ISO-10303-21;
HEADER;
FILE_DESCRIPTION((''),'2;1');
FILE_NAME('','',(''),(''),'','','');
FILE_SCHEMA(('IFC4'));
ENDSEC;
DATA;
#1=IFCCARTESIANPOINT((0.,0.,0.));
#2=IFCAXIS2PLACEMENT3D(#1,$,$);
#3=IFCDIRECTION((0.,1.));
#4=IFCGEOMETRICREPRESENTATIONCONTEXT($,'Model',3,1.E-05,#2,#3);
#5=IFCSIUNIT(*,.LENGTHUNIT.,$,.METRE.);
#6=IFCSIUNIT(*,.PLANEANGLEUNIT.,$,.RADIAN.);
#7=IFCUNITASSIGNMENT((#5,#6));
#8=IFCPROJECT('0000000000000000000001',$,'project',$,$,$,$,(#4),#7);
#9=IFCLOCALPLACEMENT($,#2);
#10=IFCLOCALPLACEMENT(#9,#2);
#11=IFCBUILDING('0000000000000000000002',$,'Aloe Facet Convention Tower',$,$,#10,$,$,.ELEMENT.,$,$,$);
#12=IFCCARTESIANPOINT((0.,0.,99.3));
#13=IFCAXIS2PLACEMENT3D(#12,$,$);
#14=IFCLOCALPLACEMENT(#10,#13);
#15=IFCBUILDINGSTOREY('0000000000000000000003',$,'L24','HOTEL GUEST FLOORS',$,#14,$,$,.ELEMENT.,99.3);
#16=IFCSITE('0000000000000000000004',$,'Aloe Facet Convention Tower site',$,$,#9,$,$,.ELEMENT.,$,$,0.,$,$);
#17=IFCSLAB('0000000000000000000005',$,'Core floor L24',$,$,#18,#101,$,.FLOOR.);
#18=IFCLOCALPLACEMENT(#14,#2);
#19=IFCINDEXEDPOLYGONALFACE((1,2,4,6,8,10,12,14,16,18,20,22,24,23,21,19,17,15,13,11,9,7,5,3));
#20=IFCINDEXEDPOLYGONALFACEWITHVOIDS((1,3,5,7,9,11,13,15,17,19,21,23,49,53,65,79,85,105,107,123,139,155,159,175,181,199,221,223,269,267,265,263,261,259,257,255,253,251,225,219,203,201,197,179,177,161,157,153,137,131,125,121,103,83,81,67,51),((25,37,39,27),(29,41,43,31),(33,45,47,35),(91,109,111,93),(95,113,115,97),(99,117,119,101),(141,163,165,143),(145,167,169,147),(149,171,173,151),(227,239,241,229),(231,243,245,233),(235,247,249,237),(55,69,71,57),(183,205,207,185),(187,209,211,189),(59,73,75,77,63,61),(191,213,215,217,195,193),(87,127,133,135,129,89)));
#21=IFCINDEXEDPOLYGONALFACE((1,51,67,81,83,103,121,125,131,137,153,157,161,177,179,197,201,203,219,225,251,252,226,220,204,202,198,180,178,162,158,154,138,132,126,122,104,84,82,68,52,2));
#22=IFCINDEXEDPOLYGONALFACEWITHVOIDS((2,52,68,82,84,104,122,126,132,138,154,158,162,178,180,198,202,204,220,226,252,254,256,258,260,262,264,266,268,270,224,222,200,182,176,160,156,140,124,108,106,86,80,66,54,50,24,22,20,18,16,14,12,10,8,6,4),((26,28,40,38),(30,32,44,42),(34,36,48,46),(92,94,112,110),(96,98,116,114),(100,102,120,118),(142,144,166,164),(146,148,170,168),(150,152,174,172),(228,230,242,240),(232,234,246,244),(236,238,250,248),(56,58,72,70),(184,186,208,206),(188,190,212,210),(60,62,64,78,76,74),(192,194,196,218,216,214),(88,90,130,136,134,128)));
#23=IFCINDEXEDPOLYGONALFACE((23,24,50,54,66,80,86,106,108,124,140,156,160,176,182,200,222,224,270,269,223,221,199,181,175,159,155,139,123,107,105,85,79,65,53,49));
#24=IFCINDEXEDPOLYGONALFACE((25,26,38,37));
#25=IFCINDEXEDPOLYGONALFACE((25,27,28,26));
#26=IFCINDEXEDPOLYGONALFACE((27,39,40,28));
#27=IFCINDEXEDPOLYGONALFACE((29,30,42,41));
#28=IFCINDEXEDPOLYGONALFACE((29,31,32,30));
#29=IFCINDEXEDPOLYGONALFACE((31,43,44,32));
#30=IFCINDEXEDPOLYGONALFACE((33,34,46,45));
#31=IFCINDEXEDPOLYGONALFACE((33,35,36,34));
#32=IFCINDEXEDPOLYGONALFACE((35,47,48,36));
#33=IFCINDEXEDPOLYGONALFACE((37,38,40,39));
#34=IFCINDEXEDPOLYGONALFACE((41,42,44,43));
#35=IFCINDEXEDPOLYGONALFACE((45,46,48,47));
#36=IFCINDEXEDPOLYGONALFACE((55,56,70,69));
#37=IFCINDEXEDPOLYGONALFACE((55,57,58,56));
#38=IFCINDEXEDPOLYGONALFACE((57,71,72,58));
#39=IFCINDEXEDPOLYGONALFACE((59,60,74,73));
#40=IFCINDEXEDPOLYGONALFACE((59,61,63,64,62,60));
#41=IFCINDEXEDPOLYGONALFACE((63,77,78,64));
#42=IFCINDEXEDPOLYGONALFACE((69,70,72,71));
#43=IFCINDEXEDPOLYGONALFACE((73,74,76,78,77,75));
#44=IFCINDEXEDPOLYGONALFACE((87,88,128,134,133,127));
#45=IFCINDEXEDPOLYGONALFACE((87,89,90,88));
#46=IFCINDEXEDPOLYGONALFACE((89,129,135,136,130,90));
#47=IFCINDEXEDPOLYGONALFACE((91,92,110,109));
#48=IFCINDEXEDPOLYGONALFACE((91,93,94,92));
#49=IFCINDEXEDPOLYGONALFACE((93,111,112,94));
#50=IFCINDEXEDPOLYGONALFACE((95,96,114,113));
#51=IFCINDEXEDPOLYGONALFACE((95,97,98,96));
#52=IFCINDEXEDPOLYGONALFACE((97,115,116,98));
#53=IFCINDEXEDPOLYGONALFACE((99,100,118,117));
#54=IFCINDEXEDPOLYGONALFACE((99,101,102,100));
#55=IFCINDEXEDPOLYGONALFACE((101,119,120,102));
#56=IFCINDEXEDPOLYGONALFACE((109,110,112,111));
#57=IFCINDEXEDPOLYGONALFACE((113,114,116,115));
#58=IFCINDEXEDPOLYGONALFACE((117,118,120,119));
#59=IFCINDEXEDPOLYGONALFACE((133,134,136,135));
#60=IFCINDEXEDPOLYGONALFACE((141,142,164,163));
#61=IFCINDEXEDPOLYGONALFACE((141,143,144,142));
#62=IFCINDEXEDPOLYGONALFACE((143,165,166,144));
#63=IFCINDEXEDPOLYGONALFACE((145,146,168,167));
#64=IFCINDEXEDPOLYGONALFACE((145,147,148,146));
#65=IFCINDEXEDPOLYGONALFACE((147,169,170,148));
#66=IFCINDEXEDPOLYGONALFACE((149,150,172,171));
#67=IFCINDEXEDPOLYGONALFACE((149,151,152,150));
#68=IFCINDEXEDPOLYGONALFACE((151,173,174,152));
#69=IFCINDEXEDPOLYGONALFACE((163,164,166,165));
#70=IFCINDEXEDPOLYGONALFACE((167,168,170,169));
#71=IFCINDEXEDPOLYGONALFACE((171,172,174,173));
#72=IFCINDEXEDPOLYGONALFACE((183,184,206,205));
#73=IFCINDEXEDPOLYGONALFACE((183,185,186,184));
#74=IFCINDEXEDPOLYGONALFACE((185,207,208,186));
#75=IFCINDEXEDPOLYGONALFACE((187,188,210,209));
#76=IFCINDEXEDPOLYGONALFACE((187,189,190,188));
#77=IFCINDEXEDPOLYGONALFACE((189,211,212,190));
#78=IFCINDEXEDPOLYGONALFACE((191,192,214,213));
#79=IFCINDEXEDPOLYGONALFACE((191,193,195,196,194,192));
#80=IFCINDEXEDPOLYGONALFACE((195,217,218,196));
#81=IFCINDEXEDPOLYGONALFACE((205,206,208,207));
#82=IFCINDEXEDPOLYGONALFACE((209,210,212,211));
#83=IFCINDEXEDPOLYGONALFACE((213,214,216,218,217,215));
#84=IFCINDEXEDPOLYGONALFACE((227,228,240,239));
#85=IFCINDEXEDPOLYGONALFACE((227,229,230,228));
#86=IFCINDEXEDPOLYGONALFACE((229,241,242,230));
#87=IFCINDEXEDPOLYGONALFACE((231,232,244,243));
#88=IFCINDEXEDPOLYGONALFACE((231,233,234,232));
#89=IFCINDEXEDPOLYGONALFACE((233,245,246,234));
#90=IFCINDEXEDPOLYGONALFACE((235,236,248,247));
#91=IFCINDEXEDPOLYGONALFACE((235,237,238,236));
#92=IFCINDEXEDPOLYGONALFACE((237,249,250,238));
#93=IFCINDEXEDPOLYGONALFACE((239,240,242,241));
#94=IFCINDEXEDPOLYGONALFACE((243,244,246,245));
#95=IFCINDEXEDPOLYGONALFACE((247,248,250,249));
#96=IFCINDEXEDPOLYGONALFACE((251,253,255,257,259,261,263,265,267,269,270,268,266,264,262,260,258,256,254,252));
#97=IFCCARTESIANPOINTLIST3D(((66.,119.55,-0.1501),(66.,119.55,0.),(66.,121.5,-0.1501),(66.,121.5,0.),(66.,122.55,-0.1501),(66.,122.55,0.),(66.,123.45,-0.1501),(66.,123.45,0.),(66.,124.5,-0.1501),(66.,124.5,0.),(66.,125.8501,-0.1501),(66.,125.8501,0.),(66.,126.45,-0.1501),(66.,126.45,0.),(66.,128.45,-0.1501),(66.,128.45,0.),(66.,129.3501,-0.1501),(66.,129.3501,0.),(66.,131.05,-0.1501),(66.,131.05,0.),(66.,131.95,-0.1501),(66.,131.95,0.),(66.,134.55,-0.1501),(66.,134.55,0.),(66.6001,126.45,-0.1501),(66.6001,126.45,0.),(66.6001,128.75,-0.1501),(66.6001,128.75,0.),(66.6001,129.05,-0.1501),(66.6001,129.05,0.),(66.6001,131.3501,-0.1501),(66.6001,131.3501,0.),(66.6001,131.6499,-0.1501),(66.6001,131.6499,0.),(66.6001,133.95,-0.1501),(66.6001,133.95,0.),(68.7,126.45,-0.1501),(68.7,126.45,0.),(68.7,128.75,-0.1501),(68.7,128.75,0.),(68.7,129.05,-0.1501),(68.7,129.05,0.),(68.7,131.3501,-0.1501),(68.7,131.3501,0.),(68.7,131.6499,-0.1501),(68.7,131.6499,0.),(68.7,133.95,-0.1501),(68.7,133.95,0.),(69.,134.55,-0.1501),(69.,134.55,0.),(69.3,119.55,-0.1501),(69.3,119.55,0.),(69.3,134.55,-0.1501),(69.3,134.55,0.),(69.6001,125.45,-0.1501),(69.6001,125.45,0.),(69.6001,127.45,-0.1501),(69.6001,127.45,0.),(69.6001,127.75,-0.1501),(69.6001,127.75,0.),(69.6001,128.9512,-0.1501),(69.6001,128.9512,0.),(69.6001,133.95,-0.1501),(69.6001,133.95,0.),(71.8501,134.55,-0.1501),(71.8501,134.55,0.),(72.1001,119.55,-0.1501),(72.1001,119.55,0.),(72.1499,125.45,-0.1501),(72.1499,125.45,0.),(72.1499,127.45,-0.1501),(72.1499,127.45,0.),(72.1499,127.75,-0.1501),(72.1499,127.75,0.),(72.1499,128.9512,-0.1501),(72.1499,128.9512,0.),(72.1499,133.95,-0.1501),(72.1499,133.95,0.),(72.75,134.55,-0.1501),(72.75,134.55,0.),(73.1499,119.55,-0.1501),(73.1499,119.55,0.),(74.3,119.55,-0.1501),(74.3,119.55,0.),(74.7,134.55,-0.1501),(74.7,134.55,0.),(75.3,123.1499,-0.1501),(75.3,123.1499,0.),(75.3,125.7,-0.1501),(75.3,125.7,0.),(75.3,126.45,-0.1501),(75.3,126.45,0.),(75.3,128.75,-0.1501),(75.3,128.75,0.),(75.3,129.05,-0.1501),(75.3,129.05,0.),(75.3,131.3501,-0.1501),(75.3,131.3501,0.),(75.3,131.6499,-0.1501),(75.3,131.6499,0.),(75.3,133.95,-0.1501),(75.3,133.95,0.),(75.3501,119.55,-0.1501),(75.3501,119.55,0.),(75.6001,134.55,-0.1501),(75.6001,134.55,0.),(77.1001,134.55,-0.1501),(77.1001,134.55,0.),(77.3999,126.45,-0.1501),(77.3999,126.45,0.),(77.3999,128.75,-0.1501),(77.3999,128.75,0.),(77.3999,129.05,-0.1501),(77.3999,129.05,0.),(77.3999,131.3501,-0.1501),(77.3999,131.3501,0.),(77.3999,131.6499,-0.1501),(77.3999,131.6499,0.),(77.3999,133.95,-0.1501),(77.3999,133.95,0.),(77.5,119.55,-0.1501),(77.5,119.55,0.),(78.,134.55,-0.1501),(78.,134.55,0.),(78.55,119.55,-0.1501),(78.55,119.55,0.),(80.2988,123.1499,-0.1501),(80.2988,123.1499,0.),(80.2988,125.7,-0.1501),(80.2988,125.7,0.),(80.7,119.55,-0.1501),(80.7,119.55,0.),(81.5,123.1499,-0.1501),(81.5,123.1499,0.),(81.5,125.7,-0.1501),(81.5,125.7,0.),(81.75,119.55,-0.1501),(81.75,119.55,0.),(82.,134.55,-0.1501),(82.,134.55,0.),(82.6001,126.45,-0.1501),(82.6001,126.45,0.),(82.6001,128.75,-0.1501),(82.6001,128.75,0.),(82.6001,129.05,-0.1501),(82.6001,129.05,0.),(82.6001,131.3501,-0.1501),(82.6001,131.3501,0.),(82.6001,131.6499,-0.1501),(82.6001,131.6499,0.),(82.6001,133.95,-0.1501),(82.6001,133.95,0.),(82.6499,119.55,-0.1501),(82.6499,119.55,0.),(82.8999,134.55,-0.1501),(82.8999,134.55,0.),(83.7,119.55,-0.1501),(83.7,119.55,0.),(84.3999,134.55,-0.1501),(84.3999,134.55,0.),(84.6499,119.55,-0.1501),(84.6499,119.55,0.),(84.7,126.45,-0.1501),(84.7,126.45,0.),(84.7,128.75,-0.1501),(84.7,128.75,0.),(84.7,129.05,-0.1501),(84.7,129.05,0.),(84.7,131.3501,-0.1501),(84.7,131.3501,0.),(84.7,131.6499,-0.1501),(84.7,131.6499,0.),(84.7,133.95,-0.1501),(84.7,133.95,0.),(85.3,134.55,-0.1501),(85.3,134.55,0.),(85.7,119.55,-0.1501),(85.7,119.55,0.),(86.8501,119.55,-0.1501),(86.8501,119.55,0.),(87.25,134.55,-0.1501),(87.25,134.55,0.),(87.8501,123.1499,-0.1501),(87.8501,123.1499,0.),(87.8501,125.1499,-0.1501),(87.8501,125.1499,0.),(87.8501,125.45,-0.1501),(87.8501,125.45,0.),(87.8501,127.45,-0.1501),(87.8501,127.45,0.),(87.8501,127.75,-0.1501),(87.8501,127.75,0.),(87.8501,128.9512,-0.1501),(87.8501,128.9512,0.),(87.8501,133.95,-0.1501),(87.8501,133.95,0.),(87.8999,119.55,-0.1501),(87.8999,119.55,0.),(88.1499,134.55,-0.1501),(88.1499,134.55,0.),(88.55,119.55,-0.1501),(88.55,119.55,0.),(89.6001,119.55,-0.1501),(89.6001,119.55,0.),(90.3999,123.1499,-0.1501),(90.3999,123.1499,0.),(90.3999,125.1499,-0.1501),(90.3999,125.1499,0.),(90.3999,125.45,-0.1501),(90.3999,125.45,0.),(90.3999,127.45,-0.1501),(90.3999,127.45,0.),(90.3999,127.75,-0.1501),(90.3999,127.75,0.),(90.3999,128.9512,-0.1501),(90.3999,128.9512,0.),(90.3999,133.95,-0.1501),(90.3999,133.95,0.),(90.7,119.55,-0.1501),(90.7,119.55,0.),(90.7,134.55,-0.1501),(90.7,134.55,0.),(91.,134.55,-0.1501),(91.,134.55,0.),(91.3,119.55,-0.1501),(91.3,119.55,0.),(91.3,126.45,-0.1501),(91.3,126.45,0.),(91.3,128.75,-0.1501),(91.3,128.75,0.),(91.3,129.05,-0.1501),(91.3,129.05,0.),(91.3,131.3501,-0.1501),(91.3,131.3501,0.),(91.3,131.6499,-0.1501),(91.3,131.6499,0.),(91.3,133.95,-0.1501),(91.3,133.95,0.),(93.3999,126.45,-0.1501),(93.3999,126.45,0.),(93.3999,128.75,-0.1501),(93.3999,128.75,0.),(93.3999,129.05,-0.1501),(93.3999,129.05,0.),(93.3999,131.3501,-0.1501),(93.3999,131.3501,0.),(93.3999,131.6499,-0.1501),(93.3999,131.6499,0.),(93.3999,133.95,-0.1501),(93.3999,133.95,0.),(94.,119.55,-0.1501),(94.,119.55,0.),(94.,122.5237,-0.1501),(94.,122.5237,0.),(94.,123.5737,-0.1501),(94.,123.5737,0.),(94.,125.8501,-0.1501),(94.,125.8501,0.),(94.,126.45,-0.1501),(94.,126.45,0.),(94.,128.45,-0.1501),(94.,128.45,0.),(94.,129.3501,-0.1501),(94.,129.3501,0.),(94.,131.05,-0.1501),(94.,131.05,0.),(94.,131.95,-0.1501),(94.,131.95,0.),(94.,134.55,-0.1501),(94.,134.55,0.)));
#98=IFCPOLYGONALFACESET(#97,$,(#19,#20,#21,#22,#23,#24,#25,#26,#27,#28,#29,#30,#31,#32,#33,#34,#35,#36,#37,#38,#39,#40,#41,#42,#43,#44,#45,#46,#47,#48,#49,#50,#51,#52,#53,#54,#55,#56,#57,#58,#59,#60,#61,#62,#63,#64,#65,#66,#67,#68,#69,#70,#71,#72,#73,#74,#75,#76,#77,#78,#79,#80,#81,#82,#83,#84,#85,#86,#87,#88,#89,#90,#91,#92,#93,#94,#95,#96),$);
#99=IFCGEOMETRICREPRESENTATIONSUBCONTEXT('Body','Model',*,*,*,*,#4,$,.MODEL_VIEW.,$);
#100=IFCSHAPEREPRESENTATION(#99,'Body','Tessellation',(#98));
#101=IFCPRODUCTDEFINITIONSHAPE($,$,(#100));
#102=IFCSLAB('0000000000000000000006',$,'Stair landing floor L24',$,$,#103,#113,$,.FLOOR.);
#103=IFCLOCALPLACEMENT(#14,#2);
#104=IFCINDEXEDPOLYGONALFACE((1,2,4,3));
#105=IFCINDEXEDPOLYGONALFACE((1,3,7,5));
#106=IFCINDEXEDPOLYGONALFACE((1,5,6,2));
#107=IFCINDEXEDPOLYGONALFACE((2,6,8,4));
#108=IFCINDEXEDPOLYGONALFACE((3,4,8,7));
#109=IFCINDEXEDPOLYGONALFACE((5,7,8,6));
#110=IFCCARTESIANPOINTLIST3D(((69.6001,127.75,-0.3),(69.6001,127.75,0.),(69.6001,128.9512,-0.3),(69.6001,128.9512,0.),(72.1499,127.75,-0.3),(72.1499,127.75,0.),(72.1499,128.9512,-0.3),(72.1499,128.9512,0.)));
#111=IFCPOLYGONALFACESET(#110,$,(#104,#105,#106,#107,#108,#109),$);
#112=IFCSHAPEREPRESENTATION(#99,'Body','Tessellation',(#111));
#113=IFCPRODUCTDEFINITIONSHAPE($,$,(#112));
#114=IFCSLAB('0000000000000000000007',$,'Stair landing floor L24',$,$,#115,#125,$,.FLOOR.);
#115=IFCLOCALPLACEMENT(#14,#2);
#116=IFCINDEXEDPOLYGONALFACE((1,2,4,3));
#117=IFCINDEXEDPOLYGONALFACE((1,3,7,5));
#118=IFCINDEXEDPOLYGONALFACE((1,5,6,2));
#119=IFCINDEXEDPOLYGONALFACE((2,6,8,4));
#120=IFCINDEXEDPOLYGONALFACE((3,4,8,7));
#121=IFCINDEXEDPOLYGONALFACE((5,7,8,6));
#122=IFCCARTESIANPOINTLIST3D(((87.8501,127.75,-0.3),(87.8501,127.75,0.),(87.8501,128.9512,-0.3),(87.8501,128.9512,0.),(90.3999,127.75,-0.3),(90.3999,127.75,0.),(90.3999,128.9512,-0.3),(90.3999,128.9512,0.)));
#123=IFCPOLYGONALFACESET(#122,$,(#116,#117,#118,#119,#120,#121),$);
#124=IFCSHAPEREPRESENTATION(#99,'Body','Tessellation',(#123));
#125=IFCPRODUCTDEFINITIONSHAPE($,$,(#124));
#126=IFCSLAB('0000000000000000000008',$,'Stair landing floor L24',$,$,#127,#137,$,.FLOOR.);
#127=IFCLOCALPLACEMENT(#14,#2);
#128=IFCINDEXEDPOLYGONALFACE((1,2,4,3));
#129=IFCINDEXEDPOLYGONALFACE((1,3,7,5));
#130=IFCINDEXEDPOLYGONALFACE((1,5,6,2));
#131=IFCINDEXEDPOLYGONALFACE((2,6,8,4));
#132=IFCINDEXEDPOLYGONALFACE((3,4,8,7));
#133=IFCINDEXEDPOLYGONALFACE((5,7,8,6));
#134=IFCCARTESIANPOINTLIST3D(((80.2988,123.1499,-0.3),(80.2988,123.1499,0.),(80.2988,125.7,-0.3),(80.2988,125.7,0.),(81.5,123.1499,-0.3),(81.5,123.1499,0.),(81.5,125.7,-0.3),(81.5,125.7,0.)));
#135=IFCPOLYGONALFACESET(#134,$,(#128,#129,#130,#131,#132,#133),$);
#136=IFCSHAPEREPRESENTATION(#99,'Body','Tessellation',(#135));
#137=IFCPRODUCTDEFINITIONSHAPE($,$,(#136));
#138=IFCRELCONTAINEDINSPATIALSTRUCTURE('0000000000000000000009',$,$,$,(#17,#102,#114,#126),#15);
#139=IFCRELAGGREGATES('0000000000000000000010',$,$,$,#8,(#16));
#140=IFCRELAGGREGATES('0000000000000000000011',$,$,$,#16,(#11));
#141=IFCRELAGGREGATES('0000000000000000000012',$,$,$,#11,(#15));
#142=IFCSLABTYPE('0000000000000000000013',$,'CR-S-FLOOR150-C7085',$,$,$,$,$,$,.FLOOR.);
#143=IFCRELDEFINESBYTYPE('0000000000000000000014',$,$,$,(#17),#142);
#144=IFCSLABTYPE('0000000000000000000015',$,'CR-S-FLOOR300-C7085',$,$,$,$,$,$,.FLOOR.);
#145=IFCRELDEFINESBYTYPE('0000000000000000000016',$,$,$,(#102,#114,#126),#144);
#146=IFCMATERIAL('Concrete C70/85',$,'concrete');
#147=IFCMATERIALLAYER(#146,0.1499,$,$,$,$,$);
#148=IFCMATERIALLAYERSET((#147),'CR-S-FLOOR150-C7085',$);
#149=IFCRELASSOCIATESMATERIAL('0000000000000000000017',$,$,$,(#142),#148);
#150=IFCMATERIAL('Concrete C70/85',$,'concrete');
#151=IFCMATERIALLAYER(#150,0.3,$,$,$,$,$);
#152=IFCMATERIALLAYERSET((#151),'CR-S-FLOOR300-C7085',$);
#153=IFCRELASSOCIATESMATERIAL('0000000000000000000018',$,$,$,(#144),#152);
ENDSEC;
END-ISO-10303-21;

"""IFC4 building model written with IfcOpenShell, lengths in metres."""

from ifc_helpers import new_model, si_unit, direction, frame, origin, place, context, subcontext, project, spatial, polyline, outline, extrude, material, layer, layer_set, type_object, element, save


model = new_model("IFC4")

# Units and contexts
model_context = context("Model", 3, precision=1e-05, world=origin(), true_north=direction((0.0, 1.0)))
body_context = subcontext(model_context, "Body", "Model", "MODEL_VIEW")
ifc_project = project(units=[si_unit("LENGTHUNIT", "METRE"), si_unit("PLANEANGLEUNIT", "RADIAN")], contexts=[model_context])

# Site, building, storey
site_placement = place(None, origin())
site = spatial("IfcSite", under=ifc_project, at=site_placement, Name="Aloe Facet Convention Tower site", CompositionType="ELEMENT", RefElevation=0.0)
building_placement = place(site_placement, origin())
building = spatial("IfcBuilding", under=site, at=building_placement, Name="Aloe Facet Convention Tower", CompositionType="ELEMENT")
storey_placement = place(building_placement, frame((0.0, 0.0, 99.3)))
storey = spatial("IfcBuildingStorey", under=building, at=storey_placement, Name="L24", Description="HOTEL GUEST FLOORS", CompositionType="ELEMENT", Elevation=99.3)

# Slabs
ifc_material_1 = material(Name="Concrete C70/85", Category="concrete")
ifc_layer_1 = layer(ifc_material_1, 0.1499)
ifc_layer_set_1 = layer_set([ifc_layer_1], Name="CR-S-FLOOR150-C7085")
slab_type_1 = type_object("IfcSlabType", Name="CR-S-FLOOR150-C7085", PredefinedType="FLOOR", material=ifc_layer_set_1)
slab_1_placement = place(storey_placement, frame((0.0, 0.0, -0.1501)))
element("IfcSlab", 1, at=slab_1_placement, inside=storey, type_object=slab_type_1, Name="Core floor L24", PredefinedType="FLOOR", context=body_context, shape_type="SweptSolid", body=[
    extrude(outline(polyline([(69.3, 134.55), (71.8501, 134.55), (72.75, 134.55), (74.7, 134.55), (75.6001, 134.55), (77.1001, 134.55), (78.0, 134.55), (82.0, 134.55), (82.8999, 134.55), (84.3999, 134.55), (85.3, 134.55), (87.25, 134.55), (88.1499, 134.55), (90.7, 134.55), (91.0, 134.55), (94.0, 134.55), (94.0, 131.95), (94.0, 131.05), (94.0, 129.3501), (94.0, 128.45), (94.0, 126.45), (94.0, 125.8501), (94.0, 123.5737), (94.0, 122.5237), (94.0, 119.55), (91.3, 119.55), (90.7, 119.55), (89.6001, 119.55), (88.55, 119.55), (87.8999, 119.55), (86.8501, 119.55), (85.7, 119.55), (84.6499, 119.55), (83.7, 119.55), (82.6499, 119.55), (81.75, 119.55), (80.7, 119.55), (78.55, 119.55), (77.5, 119.55), (75.3501, 119.55), (74.3, 119.55), (73.1499, 119.55), (72.1001, 119.55), (69.3, 119.55), (66.0, 119.55), (66.0, 121.5), (66.0, 122.55), (66.0, 123.45), (66.0, 124.5), (66.0, 125.8501), (66.0, 126.45), (66.0, 128.45), (66.0, 129.3501), (66.0, 131.05), (66.0, 131.95), (66.0, 134.55), (69.0, 134.55), (69.3, 134.55)]), holes=[polyline([(75.3, 123.1499), (80.2988, 123.1499), (81.5, 123.1499), (81.5, 125.7), (80.2988, 125.7), (75.3, 125.7), (75.3, 123.1499)]), polyline([(69.6001, 125.45), (72.1499, 125.45), (72.1499, 127.45), (69.6001, 127.45), (69.6001, 125.45)]), polyline([(66.6001, 126.45), (68.7, 126.45), (68.7, 128.75), (66.6001, 128.75), (66.6001, 126.45)]), polyline([(75.3, 126.45), (77.3999, 126.45), (77.3999, 128.75), (75.3, 128.75), (75.3, 126.45)]), polyline([(66.6001, 129.05), (68.7, 129.05), (68.7, 131.3501), (66.6001, 131.3501), (66.6001, 129.05)]), polyline([(75.3, 129.05), (77.3999, 129.05), (77.3999, 131.3501), (75.3, 131.3501), (75.3, 129.05)]), polyline([(69.6001, 133.95), (69.6001, 128.9512), (69.6001, 127.75), (72.1499, 127.75), (72.1499, 128.9512), (72.1499, 133.95), (69.6001, 133.95)]), polyline([(66.6001, 133.95), (66.6001, 131.6499), (68.7, 131.6499), (68.7, 133.95), (66.6001, 133.95)]), polyline([(75.3, 133.95), (75.3, 131.6499), (77.3999, 131.6499), (77.3999, 133.95), (75.3, 133.95)]), polyline([(87.8501, 123.1499), (90.3999, 123.1499), (90.3999, 125.1499), (87.8501, 125.1499), (87.8501, 123.1499)]), polyline([(87.8501, 125.45), (90.3999, 125.45), (90.3999, 127.45), (87.8501, 127.45), (87.8501, 125.45)]), polyline([(82.6001, 126.45), (84.7, 126.45), (84.7, 128.75), (82.6001, 128.75), (82.6001, 126.45)]), polyline([(91.3, 126.45), (93.3999, 126.45), (93.3999, 128.75), (91.3, 128.75), (91.3, 126.45)]), polyline([(82.6001, 129.05), (84.7, 129.05), (84.7, 131.3501), (82.6001, 131.3501), (82.6001, 129.05)]), polyline([(91.3, 129.05), (93.3999, 129.05), (93.3999, 131.3501), (91.3, 131.3501), (91.3, 129.05)]), polyline([(87.8501, 133.95), (87.8501, 128.9512), (87.8501, 127.75), (90.3999, 127.75), (90.3999, 128.9512), (90.3999, 133.95), (87.8501, 133.95)]), polyline([(82.6001, 133.95), (82.6001, 131.6499), (84.7, 131.6499), (84.7, 133.95), (82.6001, 133.95)]), polyline([(91.3, 133.95), (91.3, 131.6499), (93.3999, 131.6499), (93.3999, 133.95), (91.3, 133.95)])]), origin(), (0.0, 0.0, 1.0), 0.1501),
])
ifc_material_2 = material(Name="Concrete C70/85", Category="concrete")
ifc_layer_2 = layer(ifc_material_2, 0.3)
ifc_layer_set_2 = layer_set([ifc_layer_2], Name="CR-S-FLOOR300-C7085")
slab_type_2 = type_object("IfcSlabType", Name="CR-S-FLOOR300-C7085", PredefinedType="FLOOR", material=ifc_layer_set_2)
slab_2_placement = place(storey_placement, frame((0.0, 0.0, -0.3)))
element("IfcSlab", 2, at=slab_2_placement, inside=storey, type_object=slab_type_2, Name="Stair landing floor L24", PredefinedType="FLOOR", context=body_context, shape_type="SweptSolid", body=[
    extrude(outline(polyline([(72.1499, 127.75), (72.1499, 128.9512), (69.6001, 128.9512), (69.6001, 127.75), (72.1499, 127.75)])), origin(), (0.0, 0.0, 1.0), 0.3),
])
slab_3_placement = place(storey_placement, frame((0.0, 0.0, -0.3)))
element("IfcSlab", 3, at=slab_3_placement, inside=storey, type_object=slab_type_2, Name="Stair landing floor L24", PredefinedType="FLOOR", context=body_context, shape_type="SweptSolid", body=[
    extrude(outline(polyline([(90.3999, 127.75), (90.3999, 128.9512), (87.8501, 128.9512), (87.8501, 127.75), (90.3999, 127.75)])), origin(), (0.0, 0.0, 1.0), 0.3),
])
slab_4_placement = place(storey_placement, frame((0.0, 0.0, -0.3)))
element("IfcSlab", 4, at=slab_4_placement, inside=storey, type_object=slab_type_2, Name="Stair landing floor L24", PredefinedType="FLOOR", context=body_context, shape_type="SweptSolid", body=[
    extrude(outline(polyline([(81.5, 125.7), (80.2988, 125.7), (80.2988, 123.1499), (81.5, 123.1499), (81.5, 125.7)])), origin(), (0.0, 0.0, 1.0), 0.3),
])

save(model, "model.ifc")
